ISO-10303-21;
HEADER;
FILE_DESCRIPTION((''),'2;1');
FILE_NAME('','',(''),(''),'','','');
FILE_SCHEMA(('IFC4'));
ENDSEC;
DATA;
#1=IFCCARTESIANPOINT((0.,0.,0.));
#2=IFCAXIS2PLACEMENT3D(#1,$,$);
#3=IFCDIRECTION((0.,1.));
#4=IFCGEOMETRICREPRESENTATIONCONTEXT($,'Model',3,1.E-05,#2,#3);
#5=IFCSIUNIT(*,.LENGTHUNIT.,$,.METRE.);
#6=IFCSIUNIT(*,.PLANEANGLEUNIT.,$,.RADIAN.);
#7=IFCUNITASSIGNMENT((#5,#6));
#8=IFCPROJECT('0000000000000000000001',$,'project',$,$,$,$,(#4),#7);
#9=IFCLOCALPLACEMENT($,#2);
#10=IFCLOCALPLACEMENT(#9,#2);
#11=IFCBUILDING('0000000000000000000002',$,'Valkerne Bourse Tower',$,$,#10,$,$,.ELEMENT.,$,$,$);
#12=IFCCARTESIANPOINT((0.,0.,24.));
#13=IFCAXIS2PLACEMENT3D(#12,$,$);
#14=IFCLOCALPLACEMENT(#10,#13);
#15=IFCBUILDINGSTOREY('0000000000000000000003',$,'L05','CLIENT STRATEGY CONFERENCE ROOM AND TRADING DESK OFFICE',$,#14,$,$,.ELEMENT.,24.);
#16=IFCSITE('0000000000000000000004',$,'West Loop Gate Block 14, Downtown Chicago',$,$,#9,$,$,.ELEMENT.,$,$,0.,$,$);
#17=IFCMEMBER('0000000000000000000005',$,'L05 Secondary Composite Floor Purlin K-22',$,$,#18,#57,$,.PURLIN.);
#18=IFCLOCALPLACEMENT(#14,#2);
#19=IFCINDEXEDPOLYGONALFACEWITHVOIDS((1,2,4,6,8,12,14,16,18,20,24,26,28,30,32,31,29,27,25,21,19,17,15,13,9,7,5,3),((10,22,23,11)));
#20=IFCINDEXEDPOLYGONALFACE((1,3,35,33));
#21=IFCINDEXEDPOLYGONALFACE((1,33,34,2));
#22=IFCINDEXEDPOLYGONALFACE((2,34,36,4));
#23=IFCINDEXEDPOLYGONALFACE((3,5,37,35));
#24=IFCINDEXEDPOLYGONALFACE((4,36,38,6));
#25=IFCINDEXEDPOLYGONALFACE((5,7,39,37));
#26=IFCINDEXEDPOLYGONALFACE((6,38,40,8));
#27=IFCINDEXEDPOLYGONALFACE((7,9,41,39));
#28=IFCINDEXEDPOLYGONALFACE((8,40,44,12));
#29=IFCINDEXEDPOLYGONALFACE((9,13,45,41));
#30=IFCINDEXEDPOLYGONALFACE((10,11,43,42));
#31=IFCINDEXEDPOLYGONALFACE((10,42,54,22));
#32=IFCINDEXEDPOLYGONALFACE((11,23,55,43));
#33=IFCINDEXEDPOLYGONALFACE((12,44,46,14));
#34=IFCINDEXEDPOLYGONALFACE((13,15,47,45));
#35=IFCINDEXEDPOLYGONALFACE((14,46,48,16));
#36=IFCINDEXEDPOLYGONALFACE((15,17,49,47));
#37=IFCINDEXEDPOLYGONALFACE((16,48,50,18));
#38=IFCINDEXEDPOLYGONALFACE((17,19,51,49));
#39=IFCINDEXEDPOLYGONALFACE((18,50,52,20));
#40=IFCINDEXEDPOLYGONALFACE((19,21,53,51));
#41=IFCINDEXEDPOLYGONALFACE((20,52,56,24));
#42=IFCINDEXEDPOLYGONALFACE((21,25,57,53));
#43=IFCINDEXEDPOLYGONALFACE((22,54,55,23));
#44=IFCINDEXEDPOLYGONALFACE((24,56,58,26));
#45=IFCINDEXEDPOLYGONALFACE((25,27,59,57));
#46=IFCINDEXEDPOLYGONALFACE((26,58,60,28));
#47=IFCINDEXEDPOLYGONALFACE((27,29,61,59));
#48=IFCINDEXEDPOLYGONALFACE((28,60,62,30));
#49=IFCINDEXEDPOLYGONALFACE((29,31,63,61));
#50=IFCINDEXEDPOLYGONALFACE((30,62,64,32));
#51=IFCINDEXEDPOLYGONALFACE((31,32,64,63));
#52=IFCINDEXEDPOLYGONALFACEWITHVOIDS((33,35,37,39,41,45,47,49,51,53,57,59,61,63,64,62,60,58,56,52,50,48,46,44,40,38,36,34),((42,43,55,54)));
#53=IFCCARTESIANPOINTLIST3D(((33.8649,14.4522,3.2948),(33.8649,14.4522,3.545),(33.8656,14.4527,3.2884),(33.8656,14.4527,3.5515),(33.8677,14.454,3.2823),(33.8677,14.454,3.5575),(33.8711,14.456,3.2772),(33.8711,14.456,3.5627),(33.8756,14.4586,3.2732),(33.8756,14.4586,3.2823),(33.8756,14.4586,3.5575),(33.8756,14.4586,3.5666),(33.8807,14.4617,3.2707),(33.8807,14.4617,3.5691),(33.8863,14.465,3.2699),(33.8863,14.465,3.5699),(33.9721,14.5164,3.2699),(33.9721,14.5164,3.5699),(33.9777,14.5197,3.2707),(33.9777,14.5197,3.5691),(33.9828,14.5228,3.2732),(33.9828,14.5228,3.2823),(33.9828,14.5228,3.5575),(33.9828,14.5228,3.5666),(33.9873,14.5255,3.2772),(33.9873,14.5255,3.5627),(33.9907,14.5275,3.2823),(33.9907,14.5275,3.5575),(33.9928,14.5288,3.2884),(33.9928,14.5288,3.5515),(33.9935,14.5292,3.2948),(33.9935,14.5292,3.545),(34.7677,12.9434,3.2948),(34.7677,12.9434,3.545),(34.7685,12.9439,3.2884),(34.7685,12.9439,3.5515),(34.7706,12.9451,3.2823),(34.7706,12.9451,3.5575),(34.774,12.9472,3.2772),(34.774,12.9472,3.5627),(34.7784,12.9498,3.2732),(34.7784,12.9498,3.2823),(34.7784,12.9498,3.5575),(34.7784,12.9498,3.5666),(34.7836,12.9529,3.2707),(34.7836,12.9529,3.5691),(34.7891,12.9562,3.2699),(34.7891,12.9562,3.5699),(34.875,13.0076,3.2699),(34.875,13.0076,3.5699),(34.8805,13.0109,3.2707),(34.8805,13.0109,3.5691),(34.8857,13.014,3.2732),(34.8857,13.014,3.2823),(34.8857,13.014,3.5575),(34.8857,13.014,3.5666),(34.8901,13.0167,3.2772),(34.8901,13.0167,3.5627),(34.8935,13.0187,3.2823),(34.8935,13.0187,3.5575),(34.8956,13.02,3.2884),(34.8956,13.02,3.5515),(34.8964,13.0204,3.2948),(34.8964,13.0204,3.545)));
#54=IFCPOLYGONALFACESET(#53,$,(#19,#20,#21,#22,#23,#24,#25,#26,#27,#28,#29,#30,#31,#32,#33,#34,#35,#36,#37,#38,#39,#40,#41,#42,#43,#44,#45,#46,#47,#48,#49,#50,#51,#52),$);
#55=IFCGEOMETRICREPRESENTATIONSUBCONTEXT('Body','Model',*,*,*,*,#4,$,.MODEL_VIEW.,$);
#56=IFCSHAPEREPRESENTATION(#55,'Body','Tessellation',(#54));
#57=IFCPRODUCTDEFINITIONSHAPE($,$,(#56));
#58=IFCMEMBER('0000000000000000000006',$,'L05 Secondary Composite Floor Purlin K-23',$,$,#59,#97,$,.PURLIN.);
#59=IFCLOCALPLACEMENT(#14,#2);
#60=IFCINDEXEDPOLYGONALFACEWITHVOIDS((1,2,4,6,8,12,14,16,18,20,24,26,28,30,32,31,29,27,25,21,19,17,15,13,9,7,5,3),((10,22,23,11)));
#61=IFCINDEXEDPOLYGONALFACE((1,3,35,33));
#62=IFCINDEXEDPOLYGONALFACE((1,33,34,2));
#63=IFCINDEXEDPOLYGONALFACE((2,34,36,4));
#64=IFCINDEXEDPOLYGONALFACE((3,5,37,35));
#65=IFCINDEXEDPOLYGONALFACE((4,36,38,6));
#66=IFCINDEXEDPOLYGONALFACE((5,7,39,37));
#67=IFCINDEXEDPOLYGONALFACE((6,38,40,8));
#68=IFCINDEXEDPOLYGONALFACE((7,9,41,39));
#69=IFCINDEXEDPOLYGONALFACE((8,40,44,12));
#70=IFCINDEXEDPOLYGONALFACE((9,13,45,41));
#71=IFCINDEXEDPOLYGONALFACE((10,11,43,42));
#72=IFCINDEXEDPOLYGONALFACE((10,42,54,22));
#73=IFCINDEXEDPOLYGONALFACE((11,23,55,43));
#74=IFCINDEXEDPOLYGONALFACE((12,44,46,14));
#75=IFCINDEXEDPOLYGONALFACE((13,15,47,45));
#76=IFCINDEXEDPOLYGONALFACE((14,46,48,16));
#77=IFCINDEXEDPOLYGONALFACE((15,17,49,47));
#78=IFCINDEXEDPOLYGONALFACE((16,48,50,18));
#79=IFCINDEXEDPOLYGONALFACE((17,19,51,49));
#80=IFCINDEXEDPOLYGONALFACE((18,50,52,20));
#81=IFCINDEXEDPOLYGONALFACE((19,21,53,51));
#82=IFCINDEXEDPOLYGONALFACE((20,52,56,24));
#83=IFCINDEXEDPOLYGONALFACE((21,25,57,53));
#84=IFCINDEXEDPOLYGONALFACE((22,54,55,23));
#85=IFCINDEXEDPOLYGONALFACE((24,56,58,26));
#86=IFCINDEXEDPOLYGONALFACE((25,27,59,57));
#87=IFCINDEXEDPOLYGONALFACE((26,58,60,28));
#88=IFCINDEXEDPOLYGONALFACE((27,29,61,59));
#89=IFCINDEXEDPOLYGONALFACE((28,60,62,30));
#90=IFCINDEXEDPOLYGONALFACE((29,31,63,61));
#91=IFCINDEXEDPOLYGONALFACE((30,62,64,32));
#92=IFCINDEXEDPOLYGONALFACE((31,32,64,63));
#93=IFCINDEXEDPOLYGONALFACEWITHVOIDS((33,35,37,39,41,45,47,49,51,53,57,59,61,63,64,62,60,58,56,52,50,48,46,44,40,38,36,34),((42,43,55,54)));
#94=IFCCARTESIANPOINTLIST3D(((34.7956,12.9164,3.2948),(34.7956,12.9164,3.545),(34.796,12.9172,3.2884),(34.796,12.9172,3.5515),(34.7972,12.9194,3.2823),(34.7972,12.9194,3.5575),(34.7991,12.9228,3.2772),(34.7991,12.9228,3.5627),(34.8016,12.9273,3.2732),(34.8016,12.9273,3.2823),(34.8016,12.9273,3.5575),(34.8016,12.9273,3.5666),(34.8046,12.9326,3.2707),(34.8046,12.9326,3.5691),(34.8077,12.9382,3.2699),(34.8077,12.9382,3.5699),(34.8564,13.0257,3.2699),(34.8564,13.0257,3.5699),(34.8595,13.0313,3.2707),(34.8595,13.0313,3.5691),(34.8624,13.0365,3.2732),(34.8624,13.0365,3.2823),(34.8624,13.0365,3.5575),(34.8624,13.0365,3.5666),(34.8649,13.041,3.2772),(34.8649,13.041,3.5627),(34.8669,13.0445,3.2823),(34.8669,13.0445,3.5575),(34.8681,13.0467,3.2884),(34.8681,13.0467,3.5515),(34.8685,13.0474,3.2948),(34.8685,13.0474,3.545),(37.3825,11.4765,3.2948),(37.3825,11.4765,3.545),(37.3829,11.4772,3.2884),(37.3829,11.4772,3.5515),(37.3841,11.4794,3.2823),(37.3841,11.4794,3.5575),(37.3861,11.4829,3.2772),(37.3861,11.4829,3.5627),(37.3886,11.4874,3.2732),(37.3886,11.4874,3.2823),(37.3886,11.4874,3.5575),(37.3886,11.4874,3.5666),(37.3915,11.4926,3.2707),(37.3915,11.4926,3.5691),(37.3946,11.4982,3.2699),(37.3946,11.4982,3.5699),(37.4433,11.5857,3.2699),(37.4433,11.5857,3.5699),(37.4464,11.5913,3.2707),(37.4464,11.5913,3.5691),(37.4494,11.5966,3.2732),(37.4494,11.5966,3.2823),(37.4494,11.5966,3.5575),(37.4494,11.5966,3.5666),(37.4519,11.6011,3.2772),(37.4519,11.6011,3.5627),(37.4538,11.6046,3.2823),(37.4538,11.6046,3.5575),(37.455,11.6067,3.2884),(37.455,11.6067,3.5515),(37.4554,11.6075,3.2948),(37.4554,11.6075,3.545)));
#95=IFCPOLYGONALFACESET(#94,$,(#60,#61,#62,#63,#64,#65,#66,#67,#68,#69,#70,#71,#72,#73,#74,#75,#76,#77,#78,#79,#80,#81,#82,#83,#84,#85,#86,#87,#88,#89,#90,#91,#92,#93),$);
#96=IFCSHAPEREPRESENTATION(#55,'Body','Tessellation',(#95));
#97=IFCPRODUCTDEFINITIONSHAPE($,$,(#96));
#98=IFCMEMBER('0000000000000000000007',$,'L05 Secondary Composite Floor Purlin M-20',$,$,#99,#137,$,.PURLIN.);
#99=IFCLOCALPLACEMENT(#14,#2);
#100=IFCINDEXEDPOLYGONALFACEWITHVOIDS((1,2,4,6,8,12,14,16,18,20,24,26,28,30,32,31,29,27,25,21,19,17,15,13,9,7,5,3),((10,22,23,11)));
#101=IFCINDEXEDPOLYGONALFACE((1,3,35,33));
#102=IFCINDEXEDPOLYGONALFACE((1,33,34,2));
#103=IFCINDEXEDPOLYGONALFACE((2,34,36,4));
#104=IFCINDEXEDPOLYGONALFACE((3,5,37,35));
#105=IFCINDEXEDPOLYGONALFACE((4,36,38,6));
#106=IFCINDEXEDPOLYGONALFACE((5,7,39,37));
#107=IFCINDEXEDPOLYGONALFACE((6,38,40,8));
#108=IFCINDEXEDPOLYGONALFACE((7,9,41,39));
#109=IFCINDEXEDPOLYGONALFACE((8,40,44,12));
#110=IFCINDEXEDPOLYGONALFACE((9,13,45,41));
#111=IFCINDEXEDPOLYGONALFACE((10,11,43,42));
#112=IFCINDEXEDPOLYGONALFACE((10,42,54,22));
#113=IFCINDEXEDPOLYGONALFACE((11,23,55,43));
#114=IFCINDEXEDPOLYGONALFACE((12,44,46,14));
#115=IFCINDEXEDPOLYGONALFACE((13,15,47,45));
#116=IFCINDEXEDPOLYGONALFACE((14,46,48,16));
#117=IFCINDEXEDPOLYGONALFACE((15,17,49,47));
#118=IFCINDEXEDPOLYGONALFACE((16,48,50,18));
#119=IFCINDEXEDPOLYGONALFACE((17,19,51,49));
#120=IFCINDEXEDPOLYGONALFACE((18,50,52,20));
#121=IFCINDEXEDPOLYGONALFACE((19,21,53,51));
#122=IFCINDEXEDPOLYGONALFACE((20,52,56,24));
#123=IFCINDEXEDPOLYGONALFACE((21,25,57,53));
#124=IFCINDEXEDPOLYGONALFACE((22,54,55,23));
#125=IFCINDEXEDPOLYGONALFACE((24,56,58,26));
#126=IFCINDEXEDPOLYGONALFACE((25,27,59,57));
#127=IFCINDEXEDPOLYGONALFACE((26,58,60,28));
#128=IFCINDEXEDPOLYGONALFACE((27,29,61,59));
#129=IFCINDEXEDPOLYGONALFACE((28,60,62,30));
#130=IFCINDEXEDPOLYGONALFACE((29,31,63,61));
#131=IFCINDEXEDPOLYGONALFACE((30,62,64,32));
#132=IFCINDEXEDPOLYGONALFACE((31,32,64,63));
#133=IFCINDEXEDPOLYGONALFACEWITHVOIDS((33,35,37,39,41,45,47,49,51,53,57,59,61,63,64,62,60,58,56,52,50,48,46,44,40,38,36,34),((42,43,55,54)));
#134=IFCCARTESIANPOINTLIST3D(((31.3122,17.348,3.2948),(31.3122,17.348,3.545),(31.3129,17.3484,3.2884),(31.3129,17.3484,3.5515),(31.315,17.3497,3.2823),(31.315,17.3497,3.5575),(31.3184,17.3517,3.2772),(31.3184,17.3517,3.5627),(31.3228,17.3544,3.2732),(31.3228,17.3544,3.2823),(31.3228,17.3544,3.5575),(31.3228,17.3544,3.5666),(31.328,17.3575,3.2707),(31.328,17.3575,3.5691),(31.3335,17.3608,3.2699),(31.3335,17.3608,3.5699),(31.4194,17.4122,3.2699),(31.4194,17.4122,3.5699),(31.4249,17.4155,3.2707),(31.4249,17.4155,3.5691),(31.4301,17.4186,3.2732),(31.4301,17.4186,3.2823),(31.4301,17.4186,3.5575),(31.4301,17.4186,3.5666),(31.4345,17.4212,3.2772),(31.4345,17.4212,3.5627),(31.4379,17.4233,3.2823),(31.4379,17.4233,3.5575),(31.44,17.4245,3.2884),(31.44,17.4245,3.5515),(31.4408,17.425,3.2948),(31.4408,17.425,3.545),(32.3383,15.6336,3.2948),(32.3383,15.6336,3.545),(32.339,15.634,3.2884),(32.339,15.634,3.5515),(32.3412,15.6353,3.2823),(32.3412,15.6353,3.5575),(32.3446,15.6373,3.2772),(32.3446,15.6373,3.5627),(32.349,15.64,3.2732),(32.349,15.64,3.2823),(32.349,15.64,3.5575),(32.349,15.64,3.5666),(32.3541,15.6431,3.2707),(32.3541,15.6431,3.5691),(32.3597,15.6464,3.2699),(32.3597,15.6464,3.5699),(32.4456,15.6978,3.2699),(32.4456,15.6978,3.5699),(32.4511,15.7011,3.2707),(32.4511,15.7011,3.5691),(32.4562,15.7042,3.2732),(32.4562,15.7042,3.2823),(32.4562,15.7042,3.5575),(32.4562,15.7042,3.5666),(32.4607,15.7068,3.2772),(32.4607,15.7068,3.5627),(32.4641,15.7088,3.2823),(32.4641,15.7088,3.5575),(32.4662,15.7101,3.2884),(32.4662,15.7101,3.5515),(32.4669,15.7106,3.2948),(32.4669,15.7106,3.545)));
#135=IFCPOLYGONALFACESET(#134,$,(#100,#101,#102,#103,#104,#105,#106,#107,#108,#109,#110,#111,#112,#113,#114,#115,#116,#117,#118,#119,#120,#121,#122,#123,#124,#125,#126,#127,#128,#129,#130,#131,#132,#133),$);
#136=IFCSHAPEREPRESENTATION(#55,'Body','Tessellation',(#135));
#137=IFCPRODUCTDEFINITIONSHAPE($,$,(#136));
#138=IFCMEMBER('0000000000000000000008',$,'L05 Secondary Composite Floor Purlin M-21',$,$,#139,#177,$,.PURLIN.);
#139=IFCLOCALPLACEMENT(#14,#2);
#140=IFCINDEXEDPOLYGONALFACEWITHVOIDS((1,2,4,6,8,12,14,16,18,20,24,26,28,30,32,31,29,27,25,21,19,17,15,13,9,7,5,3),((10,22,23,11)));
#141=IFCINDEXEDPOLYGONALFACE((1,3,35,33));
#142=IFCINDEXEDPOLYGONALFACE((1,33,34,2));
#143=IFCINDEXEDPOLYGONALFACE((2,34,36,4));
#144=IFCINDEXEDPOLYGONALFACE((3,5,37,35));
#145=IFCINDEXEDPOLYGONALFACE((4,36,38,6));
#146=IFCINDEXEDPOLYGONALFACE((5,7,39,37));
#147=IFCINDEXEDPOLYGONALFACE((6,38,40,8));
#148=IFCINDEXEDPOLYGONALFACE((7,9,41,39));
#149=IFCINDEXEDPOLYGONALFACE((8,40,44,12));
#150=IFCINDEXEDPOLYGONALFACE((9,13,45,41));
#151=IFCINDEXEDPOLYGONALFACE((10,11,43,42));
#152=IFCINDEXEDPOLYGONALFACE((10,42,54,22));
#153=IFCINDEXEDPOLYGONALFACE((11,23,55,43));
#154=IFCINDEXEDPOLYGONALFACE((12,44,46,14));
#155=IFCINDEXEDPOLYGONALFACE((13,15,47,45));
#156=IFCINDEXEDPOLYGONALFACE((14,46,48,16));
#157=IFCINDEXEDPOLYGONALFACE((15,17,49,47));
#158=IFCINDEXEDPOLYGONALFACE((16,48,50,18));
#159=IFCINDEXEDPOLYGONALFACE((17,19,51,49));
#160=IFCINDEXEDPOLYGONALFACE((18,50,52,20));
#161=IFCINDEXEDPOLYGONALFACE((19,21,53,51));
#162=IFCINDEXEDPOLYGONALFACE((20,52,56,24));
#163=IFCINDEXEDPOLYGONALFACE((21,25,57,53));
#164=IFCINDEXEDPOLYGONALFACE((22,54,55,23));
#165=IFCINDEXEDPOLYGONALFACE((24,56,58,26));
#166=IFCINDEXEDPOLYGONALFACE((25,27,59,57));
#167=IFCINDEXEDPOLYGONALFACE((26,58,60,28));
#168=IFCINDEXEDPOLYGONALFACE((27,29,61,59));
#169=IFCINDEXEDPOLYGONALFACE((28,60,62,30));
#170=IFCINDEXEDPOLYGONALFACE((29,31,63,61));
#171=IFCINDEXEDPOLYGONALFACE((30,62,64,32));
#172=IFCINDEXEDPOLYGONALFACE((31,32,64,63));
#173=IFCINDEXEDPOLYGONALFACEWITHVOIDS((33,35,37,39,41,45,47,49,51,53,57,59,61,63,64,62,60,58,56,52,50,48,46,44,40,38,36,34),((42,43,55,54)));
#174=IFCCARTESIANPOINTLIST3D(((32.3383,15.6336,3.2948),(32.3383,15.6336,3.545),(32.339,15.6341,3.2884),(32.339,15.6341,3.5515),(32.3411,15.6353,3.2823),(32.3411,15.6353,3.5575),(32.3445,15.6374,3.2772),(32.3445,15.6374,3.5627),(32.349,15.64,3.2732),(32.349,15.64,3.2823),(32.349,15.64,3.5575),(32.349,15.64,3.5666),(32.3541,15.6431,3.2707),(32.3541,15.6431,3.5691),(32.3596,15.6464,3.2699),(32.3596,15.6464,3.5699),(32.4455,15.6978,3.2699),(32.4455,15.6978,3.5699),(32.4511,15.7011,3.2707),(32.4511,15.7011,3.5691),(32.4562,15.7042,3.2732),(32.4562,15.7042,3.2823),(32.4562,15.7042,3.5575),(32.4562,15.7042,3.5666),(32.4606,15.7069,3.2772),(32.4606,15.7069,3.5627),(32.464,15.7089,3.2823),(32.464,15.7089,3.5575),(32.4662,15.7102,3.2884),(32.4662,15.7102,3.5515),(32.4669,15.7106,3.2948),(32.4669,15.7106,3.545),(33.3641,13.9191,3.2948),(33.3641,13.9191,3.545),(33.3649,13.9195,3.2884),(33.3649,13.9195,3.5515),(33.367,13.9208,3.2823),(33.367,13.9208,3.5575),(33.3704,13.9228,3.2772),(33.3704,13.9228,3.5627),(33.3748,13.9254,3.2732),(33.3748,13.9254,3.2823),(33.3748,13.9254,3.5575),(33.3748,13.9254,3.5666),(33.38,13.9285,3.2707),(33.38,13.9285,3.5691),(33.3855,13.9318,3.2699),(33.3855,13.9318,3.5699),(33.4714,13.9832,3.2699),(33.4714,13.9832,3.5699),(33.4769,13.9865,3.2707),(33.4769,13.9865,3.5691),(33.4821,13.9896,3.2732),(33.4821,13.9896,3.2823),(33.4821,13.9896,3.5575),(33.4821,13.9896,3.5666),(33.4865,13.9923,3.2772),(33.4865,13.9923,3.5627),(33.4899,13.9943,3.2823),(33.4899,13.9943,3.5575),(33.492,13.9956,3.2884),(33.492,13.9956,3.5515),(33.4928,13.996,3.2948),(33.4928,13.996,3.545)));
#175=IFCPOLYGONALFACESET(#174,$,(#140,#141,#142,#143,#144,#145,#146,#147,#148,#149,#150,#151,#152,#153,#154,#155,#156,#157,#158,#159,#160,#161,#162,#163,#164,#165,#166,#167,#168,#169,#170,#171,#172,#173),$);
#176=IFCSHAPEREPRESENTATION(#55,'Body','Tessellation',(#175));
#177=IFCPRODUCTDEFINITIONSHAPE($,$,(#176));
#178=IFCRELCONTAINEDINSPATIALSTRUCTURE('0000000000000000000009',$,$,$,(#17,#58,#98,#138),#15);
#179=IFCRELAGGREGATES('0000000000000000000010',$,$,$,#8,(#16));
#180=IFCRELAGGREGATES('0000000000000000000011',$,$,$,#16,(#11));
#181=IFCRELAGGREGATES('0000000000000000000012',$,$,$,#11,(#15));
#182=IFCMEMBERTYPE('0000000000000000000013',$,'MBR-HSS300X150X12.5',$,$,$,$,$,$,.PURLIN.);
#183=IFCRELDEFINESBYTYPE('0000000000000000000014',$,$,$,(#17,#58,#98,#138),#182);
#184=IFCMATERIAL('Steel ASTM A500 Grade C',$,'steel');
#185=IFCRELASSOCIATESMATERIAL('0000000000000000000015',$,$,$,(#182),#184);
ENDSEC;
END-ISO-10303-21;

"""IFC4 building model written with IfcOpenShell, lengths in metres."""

from ifc_helpers import new_model, si_unit, direction, frame, origin, origin_2d, place, context, subcontext, project, spatial, hollow_rectangle, extrude, material, material_profile, profile_set, type_object, element, save


model = new_model("IFC4")

# Units and contexts
model_context = context("Model", 3, precision=1e-05, world=origin(), true_north=direction((0.0, 1.0)))
body_context = subcontext(model_context, "Body", "Model", "MODEL_VIEW")
ifc_project = project(units=[si_unit("LENGTHUNIT", "METRE"), si_unit("PLANEANGLEUNIT", "RADIAN")], contexts=[model_context])

# Site, building, storey
site_placement = place(None, origin())
site = spatial("IfcSite", under=ifc_project, at=site_placement, Name="West Loop Gate Block 14, Downtown Chicago", CompositionType="ELEMENT", RefElevation=0.0)
building_placement = place(site_placement, origin())
building = spatial("IfcBuilding", under=site, at=building_placement, Name="Valkerne Bourse Tower", CompositionType="ELEMENT")
storey_placement = place(building_placement, frame((0.0, 0.0, 24.0)))
storey = spatial("IfcBuildingStorey", under=building, at=storey_placement, Name="L05", Description="CLIENT STRATEGY CONFERENCE ROOM AND TRADING DESK OFFICE", CompositionType="ELEMENT", Elevation=24.0)

# Members
ifc_material_1 = material(Name="Steel ASTM A500 Grade C", Category="steel")
ifc_material_profile_1 = material_profile(ifc_material_1, hollow_rectangle(XDim=0.1499, YDim=0.3, WallThickness=0.0125, OuterFilletRadius=0.0249, at=origin_2d()), Name="HSS300X150X12.5")
ifc_profile_set_1 = profile_set([ifc_material_profile_1], Name="Steel ASTM A500 Grade C")
member_type_1 = type_object("IfcMemberType", Name="MBR-HSS300X150X12.5", PredefinedType="PURLIN", material=ifc_profile_set_1)
for number, where, z_axis, x_axis, name in (
    (1, (33.9292, 14.4907, 3.4199), (0.513474, -0.858105, 0.0), (0.858105, 0.513474, 0.0), "L05 Secondary Composite Floor Purlin K-22"),
):
    element("IfcMember", number, at=place(storey_placement, frame(where, z_axis=z_axis, x_axis=x_axis)), inside=storey, type_object=member_type_1, Name=name, PredefinedType="PURLIN", context=body_context, shape_type="SweptSolid", body=[
        extrude(hollow_rectangle(XDim=0.1499, YDim=0.3, WallThickness=0.0125, OuterFilletRadius=0.0249, at=origin_2d()), origin(), (0.0, 0.0, 1.0), 1.7583),
    ])
member_1_placement = place(storey_placement, frame((34.832, 12.9819, 3.4199), z_axis=(0.87376, -0.486357, 0.0), x_axis=(0.486357, 0.87376, 0.0)))
element("IfcMember", 2, at=member_1_placement, inside=storey, type_object=member_type_1, Name="L05 Secondary Composite Floor Purlin K-23", PredefinedType="PURLIN", context=body_context, shape_type="SweptSolid", body=[
    extrude(hollow_rectangle(XDim=0.1499, YDim=0.3, WallThickness=0.0125, OuterFilletRadius=0.0249, at=origin_2d()), origin(), (0.0, 0.0, 1.0), 2.9607),
])
for number, where, z_axis, x_axis, name in (
    (3, (31.3765, 17.3865, 3.4199), (0.513579, -0.858042, 0.0), (0.858042, 0.513579, 0.0), "L05 Secondary Composite Floor Purlin M-20"),
    (4, (32.4026, 15.6721, 3.4199), (0.513435, -0.858128, 0.0), (0.858128, 0.513435, 0.0), "L05 Secondary Composite Floor Purlin M-21"),
):
    element("IfcMember", number, at=place(storey_placement, frame(where, z_axis=z_axis, x_axis=x_axis)), inside=storey, type_object=member_type_1, Name=name, PredefinedType="PURLIN", context=body_context, shape_type="SweptSolid", body=[
        extrude(hollow_rectangle(XDim=0.1499, YDim=0.3, WallThickness=0.0125, OuterFilletRadius=0.0249, at=origin_2d()), origin(), (0.0, 0.0, 1.0), 1.998),
    ])

save(model, "model.ifc")
